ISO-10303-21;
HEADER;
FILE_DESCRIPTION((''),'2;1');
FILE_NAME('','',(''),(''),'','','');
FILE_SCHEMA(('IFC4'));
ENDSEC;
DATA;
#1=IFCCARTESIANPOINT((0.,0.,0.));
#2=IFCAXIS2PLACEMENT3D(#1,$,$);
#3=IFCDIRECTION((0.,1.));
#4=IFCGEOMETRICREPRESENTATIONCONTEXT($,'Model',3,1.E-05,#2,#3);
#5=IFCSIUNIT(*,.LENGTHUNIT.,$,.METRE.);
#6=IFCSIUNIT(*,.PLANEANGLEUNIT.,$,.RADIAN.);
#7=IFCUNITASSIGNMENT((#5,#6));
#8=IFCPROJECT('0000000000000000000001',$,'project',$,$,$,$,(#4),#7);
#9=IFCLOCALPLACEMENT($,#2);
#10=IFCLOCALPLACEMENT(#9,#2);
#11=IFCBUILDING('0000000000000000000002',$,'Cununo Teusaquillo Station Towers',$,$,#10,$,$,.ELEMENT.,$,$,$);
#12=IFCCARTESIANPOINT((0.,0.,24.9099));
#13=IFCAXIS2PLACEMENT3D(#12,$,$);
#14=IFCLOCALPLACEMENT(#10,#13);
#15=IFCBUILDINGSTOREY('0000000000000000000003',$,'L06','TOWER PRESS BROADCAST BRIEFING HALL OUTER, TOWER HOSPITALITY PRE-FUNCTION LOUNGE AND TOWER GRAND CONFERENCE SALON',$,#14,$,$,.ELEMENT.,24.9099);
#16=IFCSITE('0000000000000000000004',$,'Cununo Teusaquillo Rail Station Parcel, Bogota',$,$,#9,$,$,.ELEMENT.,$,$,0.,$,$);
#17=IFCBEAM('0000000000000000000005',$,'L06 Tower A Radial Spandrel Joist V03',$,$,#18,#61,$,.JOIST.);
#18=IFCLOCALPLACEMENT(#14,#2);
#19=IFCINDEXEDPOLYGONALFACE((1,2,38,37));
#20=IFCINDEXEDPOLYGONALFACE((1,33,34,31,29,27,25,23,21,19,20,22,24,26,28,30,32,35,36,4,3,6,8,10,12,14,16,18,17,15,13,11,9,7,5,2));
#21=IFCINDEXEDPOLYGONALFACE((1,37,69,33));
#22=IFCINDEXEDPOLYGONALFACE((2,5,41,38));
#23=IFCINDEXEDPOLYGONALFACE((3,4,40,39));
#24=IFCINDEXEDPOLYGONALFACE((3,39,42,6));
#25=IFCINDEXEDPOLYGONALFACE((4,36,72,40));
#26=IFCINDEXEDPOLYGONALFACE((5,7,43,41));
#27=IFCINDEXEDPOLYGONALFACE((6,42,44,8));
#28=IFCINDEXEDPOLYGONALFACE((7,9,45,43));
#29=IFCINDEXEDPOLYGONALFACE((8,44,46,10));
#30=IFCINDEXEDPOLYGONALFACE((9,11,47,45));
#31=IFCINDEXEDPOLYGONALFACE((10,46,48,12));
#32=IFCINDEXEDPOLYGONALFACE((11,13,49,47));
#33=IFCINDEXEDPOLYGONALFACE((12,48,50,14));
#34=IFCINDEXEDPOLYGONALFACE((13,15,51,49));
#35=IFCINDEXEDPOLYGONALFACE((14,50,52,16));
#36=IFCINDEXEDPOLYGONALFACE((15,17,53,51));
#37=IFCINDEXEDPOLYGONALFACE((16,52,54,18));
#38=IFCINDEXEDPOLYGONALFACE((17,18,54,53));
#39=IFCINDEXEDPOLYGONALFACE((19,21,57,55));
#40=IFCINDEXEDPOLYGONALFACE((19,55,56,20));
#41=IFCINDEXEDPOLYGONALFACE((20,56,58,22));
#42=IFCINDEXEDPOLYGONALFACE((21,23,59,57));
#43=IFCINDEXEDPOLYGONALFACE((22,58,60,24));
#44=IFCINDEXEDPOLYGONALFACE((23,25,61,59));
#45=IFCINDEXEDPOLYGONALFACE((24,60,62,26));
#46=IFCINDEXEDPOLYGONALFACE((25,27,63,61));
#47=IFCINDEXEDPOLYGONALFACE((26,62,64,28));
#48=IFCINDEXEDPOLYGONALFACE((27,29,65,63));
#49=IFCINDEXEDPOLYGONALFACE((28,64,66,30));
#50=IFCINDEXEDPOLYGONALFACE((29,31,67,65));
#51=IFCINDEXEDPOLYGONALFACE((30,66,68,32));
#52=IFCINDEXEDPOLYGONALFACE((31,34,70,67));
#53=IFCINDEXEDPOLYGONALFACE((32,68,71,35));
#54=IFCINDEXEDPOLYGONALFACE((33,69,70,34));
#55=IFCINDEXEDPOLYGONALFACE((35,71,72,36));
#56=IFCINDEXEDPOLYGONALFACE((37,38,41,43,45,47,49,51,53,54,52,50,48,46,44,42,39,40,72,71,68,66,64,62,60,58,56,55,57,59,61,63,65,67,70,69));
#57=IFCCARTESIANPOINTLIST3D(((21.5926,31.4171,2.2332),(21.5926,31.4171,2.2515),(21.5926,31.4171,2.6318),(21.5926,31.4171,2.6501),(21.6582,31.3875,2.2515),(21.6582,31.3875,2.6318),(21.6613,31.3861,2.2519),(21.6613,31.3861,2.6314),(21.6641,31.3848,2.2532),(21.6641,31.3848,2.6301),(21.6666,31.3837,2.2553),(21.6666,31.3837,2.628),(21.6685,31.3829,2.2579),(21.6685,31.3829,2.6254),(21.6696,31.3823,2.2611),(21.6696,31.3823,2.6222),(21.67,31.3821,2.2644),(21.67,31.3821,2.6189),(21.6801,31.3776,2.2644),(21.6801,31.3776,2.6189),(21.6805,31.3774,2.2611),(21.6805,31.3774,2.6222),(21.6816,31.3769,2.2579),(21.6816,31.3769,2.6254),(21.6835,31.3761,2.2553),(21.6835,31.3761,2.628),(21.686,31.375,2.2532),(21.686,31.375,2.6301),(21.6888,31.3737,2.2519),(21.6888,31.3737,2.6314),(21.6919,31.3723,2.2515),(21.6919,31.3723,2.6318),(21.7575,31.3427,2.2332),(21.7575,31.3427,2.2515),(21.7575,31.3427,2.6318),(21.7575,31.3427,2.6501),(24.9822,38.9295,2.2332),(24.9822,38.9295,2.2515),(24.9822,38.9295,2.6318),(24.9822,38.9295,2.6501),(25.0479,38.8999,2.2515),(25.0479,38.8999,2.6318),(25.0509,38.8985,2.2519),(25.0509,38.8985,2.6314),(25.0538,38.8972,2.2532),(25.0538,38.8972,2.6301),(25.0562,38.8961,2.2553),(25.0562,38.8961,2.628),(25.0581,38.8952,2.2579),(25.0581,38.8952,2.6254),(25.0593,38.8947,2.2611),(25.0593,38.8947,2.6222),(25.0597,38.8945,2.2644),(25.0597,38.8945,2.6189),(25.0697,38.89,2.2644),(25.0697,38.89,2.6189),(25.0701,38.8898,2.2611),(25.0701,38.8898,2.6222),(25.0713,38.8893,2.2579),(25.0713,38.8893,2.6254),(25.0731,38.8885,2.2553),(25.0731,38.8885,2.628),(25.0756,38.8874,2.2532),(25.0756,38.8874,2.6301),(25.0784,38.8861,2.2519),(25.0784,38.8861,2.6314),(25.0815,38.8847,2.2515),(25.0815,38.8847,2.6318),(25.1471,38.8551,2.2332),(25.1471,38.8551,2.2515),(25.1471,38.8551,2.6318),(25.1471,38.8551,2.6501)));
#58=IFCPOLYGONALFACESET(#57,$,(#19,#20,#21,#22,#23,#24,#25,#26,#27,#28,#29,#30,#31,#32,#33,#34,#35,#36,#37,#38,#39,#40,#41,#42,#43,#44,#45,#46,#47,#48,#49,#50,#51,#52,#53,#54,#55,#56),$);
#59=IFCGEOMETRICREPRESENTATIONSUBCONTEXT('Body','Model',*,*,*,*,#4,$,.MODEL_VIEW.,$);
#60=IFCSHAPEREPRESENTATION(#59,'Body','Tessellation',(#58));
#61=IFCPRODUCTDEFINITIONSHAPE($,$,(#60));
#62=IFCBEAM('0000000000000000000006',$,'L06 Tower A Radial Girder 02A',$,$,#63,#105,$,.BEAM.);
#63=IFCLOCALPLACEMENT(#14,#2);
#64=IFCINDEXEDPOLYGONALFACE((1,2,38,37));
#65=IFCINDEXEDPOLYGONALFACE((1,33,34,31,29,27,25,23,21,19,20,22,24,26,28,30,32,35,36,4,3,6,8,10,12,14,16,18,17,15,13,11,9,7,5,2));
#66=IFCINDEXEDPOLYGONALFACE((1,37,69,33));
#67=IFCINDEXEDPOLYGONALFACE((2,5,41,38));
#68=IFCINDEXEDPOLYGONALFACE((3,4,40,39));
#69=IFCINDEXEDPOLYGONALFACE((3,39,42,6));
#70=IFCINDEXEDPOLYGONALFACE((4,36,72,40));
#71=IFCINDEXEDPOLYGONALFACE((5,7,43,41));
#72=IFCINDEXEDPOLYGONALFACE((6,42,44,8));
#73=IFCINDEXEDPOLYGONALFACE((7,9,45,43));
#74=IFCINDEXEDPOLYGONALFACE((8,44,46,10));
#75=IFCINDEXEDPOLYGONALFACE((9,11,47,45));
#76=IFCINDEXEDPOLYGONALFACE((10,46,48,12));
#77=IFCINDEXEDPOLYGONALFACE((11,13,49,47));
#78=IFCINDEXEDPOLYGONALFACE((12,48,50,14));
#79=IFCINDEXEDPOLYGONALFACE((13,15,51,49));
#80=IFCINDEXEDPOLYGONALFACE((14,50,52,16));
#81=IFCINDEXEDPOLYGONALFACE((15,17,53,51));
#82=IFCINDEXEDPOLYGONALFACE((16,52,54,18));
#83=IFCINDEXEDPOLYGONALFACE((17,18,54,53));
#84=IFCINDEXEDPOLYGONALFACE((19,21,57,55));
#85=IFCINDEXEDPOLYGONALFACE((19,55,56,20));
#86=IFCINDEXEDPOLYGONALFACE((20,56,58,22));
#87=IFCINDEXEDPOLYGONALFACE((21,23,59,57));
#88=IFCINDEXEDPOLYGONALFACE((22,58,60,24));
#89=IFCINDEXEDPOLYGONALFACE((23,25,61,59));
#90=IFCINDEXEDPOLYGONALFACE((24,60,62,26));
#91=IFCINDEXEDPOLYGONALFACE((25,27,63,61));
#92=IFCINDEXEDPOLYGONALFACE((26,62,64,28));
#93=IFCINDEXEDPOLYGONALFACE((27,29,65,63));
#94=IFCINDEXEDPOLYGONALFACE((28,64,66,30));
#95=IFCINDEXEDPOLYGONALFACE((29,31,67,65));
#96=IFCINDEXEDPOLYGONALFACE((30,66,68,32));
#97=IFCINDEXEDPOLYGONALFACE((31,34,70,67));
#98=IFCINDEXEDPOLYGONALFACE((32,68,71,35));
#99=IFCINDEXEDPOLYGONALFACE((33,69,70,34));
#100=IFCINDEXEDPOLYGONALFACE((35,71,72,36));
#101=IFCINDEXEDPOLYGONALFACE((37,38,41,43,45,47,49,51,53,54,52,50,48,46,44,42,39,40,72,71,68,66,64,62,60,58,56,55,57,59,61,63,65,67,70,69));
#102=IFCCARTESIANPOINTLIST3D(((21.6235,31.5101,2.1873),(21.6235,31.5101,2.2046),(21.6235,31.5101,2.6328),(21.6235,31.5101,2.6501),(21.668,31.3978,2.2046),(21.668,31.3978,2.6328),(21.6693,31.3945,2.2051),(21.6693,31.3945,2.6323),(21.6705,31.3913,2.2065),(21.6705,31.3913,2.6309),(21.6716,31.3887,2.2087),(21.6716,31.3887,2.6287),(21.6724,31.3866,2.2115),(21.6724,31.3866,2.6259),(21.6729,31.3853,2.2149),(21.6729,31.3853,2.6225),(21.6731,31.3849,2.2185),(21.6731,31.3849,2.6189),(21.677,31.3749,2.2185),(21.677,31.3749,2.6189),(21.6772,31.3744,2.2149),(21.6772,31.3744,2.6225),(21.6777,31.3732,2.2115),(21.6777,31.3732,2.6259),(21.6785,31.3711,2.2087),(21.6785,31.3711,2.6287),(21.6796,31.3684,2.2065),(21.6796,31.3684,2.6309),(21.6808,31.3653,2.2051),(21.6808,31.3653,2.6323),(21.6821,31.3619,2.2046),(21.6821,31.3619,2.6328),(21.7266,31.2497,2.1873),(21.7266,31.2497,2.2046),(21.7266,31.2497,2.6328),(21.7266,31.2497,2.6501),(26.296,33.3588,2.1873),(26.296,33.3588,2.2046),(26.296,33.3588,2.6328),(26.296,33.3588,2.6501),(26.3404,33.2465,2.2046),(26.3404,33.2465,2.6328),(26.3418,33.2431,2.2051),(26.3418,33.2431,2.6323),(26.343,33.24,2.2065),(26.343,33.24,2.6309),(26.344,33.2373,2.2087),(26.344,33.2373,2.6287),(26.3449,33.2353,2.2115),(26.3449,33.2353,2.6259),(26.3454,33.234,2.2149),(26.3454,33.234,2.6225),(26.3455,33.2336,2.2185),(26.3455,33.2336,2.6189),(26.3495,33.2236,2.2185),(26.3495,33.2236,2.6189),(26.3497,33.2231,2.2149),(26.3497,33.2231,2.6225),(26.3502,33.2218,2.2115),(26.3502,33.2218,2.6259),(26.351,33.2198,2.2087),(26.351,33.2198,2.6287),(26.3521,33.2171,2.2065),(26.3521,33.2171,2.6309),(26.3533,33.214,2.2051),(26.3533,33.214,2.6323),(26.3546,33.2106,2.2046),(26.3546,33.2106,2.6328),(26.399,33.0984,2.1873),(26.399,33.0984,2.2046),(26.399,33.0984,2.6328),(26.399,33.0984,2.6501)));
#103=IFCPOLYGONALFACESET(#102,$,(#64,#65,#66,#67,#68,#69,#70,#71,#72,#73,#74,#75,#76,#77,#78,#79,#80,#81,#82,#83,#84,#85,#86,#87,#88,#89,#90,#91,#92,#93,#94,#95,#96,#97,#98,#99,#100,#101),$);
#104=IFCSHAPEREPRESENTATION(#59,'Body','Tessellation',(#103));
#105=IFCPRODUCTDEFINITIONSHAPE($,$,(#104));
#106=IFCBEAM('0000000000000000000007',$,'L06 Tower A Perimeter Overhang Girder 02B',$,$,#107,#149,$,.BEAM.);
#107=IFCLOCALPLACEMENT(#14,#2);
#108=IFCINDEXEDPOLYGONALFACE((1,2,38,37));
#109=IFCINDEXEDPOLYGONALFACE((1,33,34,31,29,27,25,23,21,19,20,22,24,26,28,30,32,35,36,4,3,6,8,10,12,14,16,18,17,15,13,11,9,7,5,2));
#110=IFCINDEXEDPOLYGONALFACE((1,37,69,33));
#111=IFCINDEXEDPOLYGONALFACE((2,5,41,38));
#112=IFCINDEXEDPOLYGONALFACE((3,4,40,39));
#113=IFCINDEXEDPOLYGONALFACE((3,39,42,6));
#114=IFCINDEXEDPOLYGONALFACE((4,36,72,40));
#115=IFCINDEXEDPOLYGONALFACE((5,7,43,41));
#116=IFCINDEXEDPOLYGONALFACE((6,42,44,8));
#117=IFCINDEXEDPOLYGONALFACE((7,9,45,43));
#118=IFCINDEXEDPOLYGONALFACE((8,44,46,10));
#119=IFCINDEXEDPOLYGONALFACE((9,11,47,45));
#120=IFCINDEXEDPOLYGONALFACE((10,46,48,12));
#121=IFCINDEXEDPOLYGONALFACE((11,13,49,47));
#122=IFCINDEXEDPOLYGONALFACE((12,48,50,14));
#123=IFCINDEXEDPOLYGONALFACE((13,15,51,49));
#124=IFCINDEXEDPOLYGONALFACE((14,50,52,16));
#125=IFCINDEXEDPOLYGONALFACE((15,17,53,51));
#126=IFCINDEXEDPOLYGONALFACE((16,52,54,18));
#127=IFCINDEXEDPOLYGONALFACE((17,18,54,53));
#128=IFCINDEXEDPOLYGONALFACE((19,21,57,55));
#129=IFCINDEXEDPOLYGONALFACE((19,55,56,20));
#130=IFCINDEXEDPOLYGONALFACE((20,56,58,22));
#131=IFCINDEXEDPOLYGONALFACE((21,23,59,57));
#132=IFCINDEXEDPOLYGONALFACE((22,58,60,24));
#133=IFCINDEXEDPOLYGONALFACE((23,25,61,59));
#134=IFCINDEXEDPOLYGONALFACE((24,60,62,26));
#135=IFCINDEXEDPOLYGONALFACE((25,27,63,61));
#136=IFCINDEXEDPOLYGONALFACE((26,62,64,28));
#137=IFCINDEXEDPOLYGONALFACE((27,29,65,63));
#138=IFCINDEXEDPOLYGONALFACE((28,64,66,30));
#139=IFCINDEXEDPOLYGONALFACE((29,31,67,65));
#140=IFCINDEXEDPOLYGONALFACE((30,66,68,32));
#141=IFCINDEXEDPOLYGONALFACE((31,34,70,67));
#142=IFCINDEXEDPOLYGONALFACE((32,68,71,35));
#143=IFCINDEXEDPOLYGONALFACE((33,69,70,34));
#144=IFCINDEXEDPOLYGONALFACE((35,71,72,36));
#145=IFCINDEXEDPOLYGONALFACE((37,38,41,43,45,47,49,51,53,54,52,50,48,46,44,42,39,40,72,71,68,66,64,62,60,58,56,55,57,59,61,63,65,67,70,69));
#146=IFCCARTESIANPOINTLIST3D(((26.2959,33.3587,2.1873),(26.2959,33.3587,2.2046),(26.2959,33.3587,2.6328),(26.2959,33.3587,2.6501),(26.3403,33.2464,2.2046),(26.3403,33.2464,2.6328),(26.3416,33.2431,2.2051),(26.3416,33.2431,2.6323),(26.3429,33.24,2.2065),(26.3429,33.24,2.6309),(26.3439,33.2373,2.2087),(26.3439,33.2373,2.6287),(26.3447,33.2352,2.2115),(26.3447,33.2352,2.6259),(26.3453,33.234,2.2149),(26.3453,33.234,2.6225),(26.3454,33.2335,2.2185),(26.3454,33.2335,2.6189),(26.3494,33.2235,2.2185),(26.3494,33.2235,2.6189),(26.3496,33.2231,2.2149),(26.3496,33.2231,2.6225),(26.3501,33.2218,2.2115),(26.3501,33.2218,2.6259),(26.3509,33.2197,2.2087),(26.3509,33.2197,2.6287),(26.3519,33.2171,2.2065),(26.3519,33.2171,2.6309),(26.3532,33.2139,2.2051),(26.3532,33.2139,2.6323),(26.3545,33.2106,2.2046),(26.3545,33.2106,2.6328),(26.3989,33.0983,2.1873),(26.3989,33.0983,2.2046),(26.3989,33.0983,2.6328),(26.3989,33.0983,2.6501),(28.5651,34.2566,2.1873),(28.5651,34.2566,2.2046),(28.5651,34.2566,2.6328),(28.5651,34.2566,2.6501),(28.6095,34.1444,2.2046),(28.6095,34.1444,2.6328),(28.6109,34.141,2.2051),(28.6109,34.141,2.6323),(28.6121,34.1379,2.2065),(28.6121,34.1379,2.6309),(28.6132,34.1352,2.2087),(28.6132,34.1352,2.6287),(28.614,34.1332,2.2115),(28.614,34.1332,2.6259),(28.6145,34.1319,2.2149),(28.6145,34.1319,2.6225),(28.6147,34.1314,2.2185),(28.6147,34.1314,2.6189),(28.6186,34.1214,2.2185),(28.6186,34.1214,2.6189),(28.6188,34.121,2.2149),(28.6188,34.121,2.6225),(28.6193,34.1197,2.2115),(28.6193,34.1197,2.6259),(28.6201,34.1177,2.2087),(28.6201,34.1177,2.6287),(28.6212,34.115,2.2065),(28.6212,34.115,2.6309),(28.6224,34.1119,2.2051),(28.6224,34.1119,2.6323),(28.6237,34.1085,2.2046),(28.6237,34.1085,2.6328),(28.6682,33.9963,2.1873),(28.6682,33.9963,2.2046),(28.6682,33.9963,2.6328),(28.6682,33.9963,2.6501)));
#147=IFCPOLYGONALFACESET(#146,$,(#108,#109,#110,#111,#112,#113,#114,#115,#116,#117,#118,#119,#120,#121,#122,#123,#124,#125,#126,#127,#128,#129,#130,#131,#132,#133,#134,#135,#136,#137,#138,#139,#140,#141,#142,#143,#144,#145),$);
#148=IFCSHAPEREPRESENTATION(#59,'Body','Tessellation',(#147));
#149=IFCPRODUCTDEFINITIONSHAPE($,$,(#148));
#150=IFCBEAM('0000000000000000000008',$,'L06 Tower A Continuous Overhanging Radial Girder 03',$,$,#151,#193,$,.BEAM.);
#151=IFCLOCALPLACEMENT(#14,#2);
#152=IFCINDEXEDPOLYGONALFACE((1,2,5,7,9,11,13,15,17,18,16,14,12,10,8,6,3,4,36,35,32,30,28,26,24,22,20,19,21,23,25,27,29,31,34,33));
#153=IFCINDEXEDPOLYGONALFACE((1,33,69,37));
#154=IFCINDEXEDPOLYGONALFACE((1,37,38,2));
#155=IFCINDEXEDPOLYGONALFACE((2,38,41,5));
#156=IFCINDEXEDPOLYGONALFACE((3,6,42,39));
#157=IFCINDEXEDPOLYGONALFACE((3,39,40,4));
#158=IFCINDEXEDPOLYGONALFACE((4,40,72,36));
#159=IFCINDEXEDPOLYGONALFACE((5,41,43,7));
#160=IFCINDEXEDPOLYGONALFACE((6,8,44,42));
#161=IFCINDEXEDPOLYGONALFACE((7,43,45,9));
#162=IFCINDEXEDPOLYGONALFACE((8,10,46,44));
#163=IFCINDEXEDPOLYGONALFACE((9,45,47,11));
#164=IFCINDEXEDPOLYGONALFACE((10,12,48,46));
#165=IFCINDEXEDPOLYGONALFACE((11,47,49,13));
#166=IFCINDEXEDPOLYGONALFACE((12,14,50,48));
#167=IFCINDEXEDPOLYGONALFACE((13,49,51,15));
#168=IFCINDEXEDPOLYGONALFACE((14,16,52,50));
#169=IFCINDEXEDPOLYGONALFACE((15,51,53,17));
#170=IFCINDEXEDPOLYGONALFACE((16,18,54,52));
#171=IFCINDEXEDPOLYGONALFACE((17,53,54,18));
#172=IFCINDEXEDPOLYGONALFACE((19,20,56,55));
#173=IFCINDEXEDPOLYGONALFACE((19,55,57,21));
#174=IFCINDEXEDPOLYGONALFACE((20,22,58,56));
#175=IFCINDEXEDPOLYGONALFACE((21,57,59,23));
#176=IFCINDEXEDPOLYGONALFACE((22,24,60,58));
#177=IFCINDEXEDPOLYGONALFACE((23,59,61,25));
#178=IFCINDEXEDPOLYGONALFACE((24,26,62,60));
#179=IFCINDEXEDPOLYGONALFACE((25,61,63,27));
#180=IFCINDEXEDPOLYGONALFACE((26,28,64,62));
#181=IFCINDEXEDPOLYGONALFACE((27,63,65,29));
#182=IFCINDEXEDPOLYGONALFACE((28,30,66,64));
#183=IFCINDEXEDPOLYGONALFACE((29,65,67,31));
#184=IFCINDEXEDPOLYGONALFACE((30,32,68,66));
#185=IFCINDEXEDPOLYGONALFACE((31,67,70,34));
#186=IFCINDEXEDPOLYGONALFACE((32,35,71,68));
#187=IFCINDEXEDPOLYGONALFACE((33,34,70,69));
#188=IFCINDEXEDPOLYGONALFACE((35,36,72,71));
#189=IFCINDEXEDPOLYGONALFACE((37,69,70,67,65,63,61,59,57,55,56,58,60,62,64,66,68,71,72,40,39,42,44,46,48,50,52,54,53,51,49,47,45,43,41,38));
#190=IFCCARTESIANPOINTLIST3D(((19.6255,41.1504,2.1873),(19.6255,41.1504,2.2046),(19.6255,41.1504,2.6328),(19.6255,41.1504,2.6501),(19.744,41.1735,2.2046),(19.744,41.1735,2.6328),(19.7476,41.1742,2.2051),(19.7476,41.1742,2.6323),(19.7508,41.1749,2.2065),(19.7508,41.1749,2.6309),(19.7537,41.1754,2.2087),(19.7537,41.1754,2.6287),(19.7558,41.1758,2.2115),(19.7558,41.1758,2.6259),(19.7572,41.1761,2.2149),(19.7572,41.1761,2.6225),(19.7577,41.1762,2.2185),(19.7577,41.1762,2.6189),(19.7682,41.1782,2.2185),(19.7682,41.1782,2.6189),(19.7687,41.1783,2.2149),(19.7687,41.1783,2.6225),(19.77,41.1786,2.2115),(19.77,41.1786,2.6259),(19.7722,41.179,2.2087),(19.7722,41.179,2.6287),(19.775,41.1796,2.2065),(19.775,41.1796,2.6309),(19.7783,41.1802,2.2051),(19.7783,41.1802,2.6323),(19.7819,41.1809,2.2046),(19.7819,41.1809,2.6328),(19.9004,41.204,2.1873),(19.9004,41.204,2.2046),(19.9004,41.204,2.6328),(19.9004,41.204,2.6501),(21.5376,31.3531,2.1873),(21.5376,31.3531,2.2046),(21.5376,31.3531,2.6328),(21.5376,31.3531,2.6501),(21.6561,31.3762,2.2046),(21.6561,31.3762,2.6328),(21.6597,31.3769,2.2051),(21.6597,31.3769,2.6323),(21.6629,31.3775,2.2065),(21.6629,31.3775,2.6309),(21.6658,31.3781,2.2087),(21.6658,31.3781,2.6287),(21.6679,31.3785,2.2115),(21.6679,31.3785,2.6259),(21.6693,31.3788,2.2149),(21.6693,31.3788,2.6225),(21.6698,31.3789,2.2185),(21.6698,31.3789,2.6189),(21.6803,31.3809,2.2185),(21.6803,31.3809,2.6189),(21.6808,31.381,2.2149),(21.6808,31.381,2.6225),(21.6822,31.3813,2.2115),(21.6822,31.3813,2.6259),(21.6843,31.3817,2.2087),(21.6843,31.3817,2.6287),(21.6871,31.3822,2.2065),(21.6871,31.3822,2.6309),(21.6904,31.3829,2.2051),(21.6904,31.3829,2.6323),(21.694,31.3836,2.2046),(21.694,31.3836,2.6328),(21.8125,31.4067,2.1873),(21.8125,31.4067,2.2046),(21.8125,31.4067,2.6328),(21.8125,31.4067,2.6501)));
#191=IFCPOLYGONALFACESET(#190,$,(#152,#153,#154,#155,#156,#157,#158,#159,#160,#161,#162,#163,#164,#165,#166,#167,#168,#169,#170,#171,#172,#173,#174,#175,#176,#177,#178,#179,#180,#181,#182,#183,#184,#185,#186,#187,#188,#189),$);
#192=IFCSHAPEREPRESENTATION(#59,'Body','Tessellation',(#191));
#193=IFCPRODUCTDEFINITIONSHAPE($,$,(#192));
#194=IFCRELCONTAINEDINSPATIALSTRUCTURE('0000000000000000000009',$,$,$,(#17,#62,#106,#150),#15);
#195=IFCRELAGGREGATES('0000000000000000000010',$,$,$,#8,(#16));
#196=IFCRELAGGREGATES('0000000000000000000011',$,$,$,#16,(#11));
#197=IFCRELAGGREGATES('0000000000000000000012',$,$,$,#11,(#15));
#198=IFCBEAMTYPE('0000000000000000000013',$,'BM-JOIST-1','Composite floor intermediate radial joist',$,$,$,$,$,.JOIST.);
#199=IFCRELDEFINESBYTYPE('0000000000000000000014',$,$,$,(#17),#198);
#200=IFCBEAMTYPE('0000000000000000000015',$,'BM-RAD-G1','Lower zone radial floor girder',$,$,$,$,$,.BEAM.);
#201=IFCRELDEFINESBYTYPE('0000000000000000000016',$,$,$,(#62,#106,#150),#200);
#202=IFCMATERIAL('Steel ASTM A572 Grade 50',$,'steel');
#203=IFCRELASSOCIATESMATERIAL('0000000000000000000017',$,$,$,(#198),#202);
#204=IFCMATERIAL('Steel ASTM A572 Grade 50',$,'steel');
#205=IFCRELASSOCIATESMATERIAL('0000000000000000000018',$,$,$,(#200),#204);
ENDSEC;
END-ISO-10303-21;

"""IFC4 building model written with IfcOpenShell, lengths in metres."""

from ifc_helpers import new_model, si_unit, direction, frame, origin, origin_2d, place, context, subcontext, project, spatial, i_section, extrude, material, material_profile, profile_set, type_object, element, save


model = new_model("IFC4")

# Units and contexts
model_context = context("Model", 3, precision=1e-05, world=origin(), true_north=direction((0.0, 1.0)))
body_context = subcontext(model_context, "Body", "Model", "MODEL_VIEW")
ifc_project = project(units=[si_unit("LENGTHUNIT", "METRE"), si_unit("PLANEANGLEUNIT", "RADIAN")], contexts=[model_context])

# Site, building, storey
site_placement = place(None, origin())
site = spatial("IfcSite", under=ifc_project, at=site_placement, Name="Cununo Teusaquillo Rail Station Parcel, Bogota", CompositionType="ELEMENT", RefElevation=0.0)
building_placement = place(site_placement, origin())
building = spatial("IfcBuilding", under=site, at=building_placement, Name="Cununo Teusaquillo Station Towers", CompositionType="ELEMENT")
storey_placement = place(building_placement, frame((0.0, 0.0, 24.9099)))
storey = spatial("IfcBuildingStorey", under=building, at=storey_placement, Name="L06", Description="TOWER PRESS BROADCAST BRIEFING HALL OUTER, TOWER HOSPITALITY PRE-FUNCTION LOUNGE AND TOWER GRAND CONFERENCE SALON", CompositionType="ELEMENT", Elevation=24.9099)

# Beams
ifc_material_1 = material(Name="Steel ASTM A572 Grade 50", Category="steel")
ifc_material_profile_1 = material_profile(ifc_material_1, i_section(OverallWidth=0.1809, OverallDepth=0.417, WebThickness=0.011, FlangeThickness=0.0183, FilletRadius=0.0129, at=origin_2d()), Name="W16X57")
ifc_profile_set_1 = profile_set([ifc_material_profile_1], Name="Steel ASTM A572 Grade 50")
beam_type_1 = type_object("IfcBeamType", Name="BM-JOIST-1", Description="Composite floor intermediate radial joist", PredefinedType="JOIST", material=ifc_profile_set_1)
beam_1_placement = place(storey_placement, frame((21.675, 31.3799, 2.4417), z_axis=(0.411277, 0.91151, 0.0), x_axis=(-0.91151, 0.411277, 0.0)))
element("IfcBeam", 1, at=beam_1_placement, inside=storey, type_object=beam_type_1, Name="L06 Tower A Radial Spandrel Joist V03", PredefinedType="JOIST", context=body_context, shape_type="SweptSolid", body=[
    extrude(i_section(OverallWidth=0.1809, OverallDepth=0.417, WebThickness=0.011, FlangeThickness=0.0183, FilletRadius=0.0129, at=origin_2d()), origin(), (0.0, 0.0, 1.0), 8.2417),
])
ifc_material_2 = material(Name="Steel ASTM A572 Grade 50", Category="steel")
ifc_material_profile_2 = material_profile(ifc_material_2, i_section(OverallWidth=0.28, OverallDepth=0.4629, WebThickness=0.0107, FlangeThickness=0.0173, FilletRadius=0.0139, at=origin_2d()), Name="W18X76")
ifc_profile_set_2 = profile_set([ifc_material_profile_2], Name="Steel ASTM A572 Grade 50")
beam_type_2 = type_object("IfcBeamType", Name="BM-RAD-G1", Description="Lower zone radial floor girder", PredefinedType="BEAM", material=ifc_profile_set_2)
beam_2_placement = place(storey_placement, frame((21.675, 31.3799, 2.4187), z_axis=(0.929864, 0.367903, 0.0), x_axis=(-0.367903, 0.929864, 0.0)))
element("IfcBeam", 2, at=beam_2_placement, inside=storey, type_object=beam_type_2, Name="L06 Tower A Radial Girder 02A", PredefinedType="BEAM", context=body_context, shape_type="SweptSolid", body=[
    extrude(i_section(OverallWidth=0.28, OverallDepth=0.4629, WebThickness=0.0107, FlangeThickness=0.0173, FilletRadius=0.0139, at=origin_2d()), origin(), (0.0, 0.0, 1.0), 5.0249),
])
beam_3_placement = place(storey_placement, frame((26.3474, 33.2285, 2.4187), z_axis=(0.92985, 0.367939, 0.0), x_axis=(-0.367939, 0.92985, 0.0)))
element("IfcBeam", 3, at=beam_3_placement, inside=storey, type_object=beam_type_2, Name="L06 Tower A Perimeter Overhang Girder 02B", PredefinedType="BEAM", context=body_context, shape_type="SweptSolid", body=[
    extrude(i_section(OverallWidth=0.28, OverallDepth=0.4629, WebThickness=0.0107, FlangeThickness=0.0173, FilletRadius=0.0139, at=origin_2d()), origin(), (0.0, 0.0, 1.0), 2.4404),
])
beam_4_placement = place(storey_placement, frame((21.675, 31.3799, 2.4187), z_axis=(-0.191552, 0.981483, 0.0), x_axis=(-0.981483, -0.191552, 0.0)))
element("IfcBeam", 4, at=beam_4_placement, inside=storey, type_object=beam_type_2, Name="L06 Tower A Continuous Overhanging Radial Girder 03", PredefinedType="BEAM", context=body_context, shape_type="SweptSolid", body=[
    extrude(i_section(OverallWidth=0.28, OverallDepth=0.4629, WebThickness=0.0107, FlangeThickness=0.0173, FilletRadius=0.0139, at=origin_2d()), origin(), (0.0, 0.0, 1.0), 9.9822),
])

save(model, "model.ifc")
